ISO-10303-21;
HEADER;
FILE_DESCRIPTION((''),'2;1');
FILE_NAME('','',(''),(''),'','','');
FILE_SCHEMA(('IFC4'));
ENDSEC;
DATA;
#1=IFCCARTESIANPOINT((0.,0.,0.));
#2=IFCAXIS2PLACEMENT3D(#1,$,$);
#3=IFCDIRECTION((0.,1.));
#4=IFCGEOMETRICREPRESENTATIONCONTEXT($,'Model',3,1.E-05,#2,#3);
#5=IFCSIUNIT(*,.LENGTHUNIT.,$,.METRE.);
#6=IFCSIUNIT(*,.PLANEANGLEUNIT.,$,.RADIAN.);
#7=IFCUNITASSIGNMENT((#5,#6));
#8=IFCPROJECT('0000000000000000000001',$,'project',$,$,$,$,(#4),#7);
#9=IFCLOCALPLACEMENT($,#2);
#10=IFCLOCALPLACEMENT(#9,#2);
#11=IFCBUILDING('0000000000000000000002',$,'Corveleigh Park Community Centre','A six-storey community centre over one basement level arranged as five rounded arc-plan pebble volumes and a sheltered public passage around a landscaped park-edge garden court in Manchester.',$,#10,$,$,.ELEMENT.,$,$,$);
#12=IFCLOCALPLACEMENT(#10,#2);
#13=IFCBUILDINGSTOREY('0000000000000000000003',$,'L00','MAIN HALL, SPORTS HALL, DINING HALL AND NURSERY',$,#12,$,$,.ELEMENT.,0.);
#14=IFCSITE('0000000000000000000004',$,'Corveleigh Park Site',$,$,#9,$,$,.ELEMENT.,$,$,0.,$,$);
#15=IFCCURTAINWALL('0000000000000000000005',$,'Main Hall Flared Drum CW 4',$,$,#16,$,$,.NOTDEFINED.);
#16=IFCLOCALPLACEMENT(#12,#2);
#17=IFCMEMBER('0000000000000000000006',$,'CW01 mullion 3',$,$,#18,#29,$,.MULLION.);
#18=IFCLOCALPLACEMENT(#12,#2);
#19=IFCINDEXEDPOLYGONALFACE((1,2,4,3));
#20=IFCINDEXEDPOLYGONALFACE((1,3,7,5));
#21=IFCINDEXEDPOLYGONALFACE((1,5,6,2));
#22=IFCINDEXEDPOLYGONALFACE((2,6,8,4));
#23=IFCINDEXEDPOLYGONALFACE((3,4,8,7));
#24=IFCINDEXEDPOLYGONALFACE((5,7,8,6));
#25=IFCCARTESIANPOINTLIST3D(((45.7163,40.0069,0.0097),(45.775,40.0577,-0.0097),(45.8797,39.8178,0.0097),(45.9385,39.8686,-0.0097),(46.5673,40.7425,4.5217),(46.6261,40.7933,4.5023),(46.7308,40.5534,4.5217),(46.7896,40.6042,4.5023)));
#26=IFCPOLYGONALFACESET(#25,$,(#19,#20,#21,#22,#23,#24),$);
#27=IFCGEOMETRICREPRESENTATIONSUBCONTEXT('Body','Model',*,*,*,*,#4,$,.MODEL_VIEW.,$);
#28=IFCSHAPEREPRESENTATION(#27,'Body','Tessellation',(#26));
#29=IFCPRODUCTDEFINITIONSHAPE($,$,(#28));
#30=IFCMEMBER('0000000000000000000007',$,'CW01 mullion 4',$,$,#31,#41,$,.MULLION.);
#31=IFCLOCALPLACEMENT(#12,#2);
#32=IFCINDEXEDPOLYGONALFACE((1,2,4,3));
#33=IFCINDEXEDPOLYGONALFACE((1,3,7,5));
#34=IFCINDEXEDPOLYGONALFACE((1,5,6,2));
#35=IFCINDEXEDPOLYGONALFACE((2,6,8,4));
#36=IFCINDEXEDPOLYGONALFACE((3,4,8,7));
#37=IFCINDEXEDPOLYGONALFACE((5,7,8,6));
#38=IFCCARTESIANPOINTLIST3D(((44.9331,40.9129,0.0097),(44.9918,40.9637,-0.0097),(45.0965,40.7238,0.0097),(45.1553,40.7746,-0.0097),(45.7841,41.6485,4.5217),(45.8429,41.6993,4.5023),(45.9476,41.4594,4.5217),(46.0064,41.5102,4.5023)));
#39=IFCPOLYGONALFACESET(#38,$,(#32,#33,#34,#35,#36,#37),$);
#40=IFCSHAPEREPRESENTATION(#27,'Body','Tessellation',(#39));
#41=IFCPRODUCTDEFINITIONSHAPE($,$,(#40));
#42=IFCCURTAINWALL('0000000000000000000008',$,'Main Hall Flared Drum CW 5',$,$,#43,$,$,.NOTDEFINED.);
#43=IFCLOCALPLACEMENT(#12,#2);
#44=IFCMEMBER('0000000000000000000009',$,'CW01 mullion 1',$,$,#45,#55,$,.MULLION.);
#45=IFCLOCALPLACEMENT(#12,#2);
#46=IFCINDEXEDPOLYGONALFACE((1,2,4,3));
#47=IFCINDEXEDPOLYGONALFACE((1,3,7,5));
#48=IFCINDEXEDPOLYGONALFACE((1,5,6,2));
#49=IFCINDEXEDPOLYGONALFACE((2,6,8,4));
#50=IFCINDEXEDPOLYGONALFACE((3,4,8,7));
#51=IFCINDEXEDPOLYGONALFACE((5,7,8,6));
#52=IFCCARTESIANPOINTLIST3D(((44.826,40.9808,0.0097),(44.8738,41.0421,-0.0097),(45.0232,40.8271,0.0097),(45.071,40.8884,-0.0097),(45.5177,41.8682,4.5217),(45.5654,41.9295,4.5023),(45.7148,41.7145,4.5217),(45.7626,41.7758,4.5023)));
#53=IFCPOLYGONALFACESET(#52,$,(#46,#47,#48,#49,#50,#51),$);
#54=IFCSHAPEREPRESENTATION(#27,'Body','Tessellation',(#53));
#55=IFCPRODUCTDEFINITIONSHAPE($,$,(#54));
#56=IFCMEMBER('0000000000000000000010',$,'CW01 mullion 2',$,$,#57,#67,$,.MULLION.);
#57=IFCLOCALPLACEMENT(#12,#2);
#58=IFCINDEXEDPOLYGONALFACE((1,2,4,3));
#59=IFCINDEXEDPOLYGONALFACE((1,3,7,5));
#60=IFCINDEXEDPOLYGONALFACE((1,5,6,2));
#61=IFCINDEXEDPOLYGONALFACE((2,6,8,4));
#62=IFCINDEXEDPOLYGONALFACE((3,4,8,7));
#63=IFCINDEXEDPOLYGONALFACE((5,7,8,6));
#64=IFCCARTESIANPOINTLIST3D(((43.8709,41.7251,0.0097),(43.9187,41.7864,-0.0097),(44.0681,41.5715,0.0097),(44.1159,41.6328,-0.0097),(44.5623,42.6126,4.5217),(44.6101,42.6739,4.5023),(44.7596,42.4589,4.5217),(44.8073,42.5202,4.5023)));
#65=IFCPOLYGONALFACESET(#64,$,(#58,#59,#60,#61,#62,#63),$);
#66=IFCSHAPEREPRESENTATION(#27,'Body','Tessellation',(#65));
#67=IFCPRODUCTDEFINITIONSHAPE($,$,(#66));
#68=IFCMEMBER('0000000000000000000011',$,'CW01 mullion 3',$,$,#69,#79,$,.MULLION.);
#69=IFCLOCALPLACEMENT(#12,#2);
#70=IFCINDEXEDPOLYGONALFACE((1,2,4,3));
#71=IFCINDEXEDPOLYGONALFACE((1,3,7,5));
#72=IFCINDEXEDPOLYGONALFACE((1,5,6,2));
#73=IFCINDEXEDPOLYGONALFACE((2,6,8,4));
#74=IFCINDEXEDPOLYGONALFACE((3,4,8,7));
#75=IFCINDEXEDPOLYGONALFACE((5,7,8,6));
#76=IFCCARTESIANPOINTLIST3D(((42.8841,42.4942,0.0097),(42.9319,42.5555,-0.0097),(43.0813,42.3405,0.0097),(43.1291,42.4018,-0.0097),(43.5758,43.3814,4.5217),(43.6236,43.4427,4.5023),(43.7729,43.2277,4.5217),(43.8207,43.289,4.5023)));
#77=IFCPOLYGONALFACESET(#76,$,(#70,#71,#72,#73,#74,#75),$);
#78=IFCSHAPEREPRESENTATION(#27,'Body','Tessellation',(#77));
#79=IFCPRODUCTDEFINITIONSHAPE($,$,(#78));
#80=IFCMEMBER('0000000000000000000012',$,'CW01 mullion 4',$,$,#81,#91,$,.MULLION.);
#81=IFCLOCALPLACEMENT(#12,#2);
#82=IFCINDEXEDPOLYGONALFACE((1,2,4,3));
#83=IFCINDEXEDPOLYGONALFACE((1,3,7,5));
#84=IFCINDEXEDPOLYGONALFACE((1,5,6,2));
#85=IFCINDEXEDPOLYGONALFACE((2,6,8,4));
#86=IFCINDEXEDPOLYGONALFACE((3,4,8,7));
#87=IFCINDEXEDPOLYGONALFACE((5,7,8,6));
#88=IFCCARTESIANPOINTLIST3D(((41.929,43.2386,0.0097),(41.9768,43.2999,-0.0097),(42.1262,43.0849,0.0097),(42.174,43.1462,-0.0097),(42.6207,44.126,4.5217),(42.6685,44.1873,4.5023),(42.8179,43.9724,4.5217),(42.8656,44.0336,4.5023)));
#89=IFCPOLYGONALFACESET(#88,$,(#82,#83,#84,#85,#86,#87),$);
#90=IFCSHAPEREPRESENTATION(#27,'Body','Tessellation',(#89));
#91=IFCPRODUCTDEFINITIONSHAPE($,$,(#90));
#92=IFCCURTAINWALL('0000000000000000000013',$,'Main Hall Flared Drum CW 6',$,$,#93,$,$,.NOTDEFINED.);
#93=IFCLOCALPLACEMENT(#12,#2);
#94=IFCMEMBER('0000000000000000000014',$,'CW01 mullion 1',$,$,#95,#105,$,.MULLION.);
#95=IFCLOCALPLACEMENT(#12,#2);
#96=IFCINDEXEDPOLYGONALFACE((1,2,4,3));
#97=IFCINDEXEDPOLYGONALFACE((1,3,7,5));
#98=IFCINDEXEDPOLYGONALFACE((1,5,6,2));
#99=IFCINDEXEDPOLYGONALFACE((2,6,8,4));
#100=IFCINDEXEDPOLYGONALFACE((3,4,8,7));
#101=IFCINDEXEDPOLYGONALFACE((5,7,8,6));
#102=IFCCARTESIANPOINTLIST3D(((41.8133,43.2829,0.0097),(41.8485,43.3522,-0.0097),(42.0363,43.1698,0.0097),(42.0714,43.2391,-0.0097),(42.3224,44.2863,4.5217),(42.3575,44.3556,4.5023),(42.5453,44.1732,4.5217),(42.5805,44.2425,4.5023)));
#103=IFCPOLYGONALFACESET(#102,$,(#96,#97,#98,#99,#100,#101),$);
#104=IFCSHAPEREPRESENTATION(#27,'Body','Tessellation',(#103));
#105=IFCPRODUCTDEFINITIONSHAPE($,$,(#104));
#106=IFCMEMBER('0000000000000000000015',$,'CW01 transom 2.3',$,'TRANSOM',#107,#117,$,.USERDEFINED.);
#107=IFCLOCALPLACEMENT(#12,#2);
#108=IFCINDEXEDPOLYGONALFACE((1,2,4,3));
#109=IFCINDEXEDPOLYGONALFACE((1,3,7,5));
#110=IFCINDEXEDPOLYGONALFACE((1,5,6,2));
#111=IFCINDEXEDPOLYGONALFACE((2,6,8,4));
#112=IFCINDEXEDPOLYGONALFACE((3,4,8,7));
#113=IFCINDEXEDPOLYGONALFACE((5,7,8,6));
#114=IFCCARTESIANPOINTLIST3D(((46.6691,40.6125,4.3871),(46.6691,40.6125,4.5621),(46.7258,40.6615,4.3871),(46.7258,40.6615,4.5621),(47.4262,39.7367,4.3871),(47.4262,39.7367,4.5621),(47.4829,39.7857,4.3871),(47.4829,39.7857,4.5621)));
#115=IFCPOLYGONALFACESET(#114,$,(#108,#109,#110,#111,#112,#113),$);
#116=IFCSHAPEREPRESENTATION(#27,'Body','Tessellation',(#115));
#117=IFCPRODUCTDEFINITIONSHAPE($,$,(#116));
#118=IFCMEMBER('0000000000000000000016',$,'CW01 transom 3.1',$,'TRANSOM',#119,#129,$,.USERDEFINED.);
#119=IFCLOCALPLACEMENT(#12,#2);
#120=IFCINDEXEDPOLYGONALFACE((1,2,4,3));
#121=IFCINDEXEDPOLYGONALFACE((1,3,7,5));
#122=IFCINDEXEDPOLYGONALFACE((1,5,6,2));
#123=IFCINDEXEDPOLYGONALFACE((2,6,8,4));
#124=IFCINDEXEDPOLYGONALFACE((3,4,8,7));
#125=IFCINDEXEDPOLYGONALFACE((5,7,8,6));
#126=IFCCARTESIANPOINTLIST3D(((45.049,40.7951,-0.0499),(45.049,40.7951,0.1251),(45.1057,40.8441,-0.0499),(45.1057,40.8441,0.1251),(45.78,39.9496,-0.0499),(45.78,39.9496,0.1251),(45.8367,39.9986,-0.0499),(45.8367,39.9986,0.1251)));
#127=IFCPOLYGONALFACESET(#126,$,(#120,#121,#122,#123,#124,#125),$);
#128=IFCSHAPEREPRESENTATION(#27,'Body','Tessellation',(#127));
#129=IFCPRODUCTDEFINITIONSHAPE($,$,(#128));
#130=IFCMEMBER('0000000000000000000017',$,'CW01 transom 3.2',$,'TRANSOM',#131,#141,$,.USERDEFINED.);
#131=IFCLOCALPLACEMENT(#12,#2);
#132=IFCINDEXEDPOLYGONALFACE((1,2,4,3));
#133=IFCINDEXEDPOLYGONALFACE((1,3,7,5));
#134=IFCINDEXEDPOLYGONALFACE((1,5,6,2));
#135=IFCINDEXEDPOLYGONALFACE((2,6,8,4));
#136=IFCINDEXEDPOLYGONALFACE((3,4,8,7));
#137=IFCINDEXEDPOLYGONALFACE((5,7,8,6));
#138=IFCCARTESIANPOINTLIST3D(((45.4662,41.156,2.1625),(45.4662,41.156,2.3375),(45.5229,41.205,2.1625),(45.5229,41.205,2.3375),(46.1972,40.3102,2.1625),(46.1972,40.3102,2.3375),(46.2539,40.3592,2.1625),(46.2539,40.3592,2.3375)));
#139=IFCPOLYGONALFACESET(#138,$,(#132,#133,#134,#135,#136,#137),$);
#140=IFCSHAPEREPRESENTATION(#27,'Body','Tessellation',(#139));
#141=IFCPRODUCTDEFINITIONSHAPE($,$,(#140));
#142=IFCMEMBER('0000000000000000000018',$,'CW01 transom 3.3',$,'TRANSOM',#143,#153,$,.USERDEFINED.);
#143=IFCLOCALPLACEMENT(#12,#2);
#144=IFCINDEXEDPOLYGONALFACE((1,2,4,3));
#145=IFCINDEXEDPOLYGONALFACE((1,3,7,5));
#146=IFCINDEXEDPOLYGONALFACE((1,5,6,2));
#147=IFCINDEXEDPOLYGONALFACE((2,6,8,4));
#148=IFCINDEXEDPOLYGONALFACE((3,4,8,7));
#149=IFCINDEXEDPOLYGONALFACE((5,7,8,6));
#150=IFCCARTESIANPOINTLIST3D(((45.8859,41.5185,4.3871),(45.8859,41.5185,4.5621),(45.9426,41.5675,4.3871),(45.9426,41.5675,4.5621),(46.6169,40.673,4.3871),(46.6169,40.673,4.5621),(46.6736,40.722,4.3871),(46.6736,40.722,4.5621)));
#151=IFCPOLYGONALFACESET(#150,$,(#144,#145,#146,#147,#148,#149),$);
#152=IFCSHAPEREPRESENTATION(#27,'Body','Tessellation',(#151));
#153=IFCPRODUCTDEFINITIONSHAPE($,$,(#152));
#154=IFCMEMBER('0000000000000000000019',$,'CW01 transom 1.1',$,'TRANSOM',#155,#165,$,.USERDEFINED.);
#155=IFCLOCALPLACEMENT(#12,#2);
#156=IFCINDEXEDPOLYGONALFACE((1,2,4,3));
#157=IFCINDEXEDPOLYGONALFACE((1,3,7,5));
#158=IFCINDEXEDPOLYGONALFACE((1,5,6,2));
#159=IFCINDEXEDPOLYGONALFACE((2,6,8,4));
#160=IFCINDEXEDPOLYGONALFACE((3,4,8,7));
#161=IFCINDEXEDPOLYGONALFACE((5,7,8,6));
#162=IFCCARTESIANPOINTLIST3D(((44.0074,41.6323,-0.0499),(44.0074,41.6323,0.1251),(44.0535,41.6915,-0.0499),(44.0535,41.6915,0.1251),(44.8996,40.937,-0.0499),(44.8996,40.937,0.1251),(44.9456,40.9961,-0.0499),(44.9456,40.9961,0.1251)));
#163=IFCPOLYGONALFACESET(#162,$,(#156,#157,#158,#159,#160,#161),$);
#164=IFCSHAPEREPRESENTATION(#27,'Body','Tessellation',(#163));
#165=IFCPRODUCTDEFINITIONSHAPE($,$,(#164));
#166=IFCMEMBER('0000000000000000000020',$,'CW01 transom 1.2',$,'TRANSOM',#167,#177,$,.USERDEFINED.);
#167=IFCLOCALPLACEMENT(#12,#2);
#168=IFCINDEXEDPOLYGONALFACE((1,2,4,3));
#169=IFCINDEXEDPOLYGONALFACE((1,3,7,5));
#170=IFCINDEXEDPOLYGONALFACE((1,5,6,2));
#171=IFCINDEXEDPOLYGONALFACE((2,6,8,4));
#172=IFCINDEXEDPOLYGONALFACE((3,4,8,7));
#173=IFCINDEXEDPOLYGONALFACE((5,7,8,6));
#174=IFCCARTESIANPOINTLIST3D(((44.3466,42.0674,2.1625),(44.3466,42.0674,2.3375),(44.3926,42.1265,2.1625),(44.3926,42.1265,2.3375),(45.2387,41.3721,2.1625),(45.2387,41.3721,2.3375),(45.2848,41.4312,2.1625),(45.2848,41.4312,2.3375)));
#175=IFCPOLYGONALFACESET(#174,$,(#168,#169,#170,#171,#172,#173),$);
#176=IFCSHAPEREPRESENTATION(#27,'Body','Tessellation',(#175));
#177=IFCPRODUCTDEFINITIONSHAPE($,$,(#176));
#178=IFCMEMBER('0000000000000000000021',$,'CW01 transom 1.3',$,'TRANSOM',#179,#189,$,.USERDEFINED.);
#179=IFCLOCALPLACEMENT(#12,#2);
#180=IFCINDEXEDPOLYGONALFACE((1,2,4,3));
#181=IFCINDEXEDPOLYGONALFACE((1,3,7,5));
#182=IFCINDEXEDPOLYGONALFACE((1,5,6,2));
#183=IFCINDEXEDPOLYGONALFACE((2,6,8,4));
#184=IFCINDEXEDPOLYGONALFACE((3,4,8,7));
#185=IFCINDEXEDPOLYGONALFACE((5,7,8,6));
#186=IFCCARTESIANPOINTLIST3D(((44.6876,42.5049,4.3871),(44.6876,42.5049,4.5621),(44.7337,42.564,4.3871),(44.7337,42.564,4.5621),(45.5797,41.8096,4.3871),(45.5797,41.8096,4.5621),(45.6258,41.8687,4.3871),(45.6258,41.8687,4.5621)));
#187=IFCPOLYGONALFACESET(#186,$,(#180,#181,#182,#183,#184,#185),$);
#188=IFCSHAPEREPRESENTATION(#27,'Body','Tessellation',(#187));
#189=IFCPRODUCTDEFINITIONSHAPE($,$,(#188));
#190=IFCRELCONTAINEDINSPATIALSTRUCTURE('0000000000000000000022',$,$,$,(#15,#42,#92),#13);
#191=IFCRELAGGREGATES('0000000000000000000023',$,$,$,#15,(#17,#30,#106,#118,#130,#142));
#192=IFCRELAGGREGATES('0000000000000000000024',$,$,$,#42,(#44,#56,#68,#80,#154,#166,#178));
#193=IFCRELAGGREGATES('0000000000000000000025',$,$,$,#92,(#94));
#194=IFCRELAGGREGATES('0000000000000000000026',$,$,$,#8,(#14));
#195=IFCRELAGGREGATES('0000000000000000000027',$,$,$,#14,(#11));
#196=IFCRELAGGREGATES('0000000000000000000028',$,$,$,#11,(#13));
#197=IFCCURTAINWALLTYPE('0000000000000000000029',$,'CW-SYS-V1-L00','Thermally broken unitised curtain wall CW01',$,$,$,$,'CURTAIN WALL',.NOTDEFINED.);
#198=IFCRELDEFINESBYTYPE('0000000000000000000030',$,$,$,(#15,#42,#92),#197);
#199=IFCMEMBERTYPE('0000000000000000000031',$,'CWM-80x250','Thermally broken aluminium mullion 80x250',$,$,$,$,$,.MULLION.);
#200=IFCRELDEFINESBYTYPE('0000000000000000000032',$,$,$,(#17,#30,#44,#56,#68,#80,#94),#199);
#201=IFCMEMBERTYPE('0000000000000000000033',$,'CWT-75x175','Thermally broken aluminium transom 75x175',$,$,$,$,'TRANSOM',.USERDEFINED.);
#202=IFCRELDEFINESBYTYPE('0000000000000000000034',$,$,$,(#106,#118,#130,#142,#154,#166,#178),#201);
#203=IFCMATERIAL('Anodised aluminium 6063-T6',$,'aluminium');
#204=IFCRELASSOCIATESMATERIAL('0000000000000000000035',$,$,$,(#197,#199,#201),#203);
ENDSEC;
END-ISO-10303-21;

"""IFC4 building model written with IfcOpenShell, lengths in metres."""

from ifc_helpers import new_model, si_unit, direction, frame, origin, origin_2d, place, context, subcontext, project, spatial, rectangle, extrude, material, material_profile, profile_set, type_object, element, aggregate, save


model = new_model("IFC4")

# Units and contexts
model_context = context("Model", 3, precision=1e-05, world=origin(), true_north=direction((0.0, 1.0)))
body_context = subcontext(model_context, "Body", "Model", "MODEL_VIEW")
ifc_project = project(units=[si_unit("LENGTHUNIT", "METRE"), si_unit("PLANEANGLEUNIT", "RADIAN")], contexts=[model_context])

# Site, building, storey
site_placement = place(None, origin())
site = spatial("IfcSite", under=ifc_project, at=site_placement, Name="Corveleigh Park Site", CompositionType="ELEMENT", RefElevation=0.0)
building_placement = place(site_placement, origin())
building = spatial("IfcBuilding", under=site, at=building_placement, Name="Corveleigh Park Community Centre", Description="A six-storey community centre over one basement level arranged as five rounded arc-plan pebble volumes and a sheltered public passage around a landscaped park-edge garden court in Manchester.", CompositionType="ELEMENT")
storey_placement = place(building_placement, origin())
storey = spatial("IfcBuildingStorey", under=building, at=storey_placement, Name="L00", Description="MAIN HALL, SPORTS HALL, DINING HALL AND NURSERY", CompositionType="ELEMENT", Elevation=0.0)

# Curtain walls, members
ifc_material_1 = material(Name="Anodised aluminium 6063-T6", Category="aluminium")
curtain_wall_type = type_object("IfcCurtainWallType", Name="CW-SYS-V1-L00", Description="Thermally broken unitised curtain wall CW01", ElementType="CURTAIN WALL", PredefinedType="NOTDEFINED", material=ifc_material_1)
curtain_wall_1_placement = place(storey_placement, origin())
curtain_wall_1 = element("IfcCurtainWall", 1, at=curtain_wall_1_placement, inside=storey, type_object=curtain_wall_type, Name="Main Hall Flared Drum CW 4", PredefinedType="NOTDEFINED")
ifc_material_profile_1 = material_profile(ifc_material_1, rectangle(XDim=0.0801, YDim=0.25, at=origin_2d()), Name="ALU-M80x250", Category="aluminium")
ifc_profile_set_1 = profile_set([ifc_material_profile_1], Name="Anodised aluminium 6063-T6")
member_type_1 = type_object("IfcMemberType", Name="CWM-80x250", Description="Thermally broken aluminium mullion 80x250", PredefinedType="MULLION", material=ifc_profile_set_1)
member_1_placement = place(storey_placement, frame((45.8274, 39.9377, 0.0), z_axis=(0.183024, 0.15819, 0.970298), x_axis=(-0.734098, -0.634491, 0.241913)))
member_1 = element("IfcMember", 2, at=member_1_placement, type_object=member_type_1, Name="CW01 mullion 3", PredefinedType="MULLION", context=body_context, shape_type="SweptSolid", body=[
    extrude(rectangle(XDim=0.0801, YDim=0.25, at=origin_2d()), origin(), (0.0, 0.0, 1.0), 4.6501),
])
member_2_placement = place(storey_placement, frame((45.0442, 40.8438, 0.0), z_axis=(0.183024, 0.15819, 0.970298), x_axis=(-0.734098, -0.634491, 0.241913)))
member_2 = element("IfcMember", 3, at=member_2_placement, type_object=member_type_1, Name="CW01 mullion 4", PredefinedType="MULLION", context=body_context, shape_type="SweptSolid", body=[
    extrude(rectangle(XDim=0.0801, YDim=0.25, at=origin_2d()), origin(), (0.0, 0.0, 1.0), 4.6501),
])
curtain_wall_2_placement = place(storey_placement, origin())
curtain_wall_2 = element("IfcCurtainWall", 4, at=curtain_wall_2_placement, inside=storey, type_object=curtain_wall_type, Name="Main Hall Flared Drum CW 5", PredefinedType="NOTDEFINED")
member_3_placement = place(storey_placement, frame((44.9485, 40.9346, 0.0), z_axis=(0.148738, 0.190844, 0.970286), x_axis=(-0.596456, -0.765308, 0.241959)))
member_3 = element("IfcMember", 5, at=member_3_placement, type_object=member_type_1, Name="CW01 mullion 1", PredefinedType="MULLION", context=body_context, shape_type="SweptSolid", body=[
    extrude(rectangle(XDim=0.0801, YDim=0.25, at=origin_2d()), origin(), (0.0, 0.0, 1.0), 4.6501),
])
member_4_placement = place(storey_placement, frame((43.9934, 41.679, 0.0), z_axis=(0.148686, 0.190846, 0.970294), x_axis=(-0.596329, -0.765416, 0.241929)))
member_4 = element("IfcMember", 6, at=member_4_placement, type_object=member_type_1, Name="CW01 mullion 2", PredefinedType="MULLION", context=body_context, shape_type="SweptSolid", body=[
    extrude(rectangle(XDim=0.0801, YDim=0.25, at=origin_2d()), origin(), (0.0, 0.0, 1.0), 4.6501),
])
member_5_placement = place(storey_placement, frame((43.0066, 42.448, 0.0), z_axis=(0.148739, 0.190794, 0.970296), x_axis=(-0.596564, -0.765236, 0.241921)))
member_5 = element("IfcMember", 7, at=member_5_placement, type_object=member_type_1, Name="CW01 mullion 3", PredefinedType="MULLION", context=body_context, shape_type="SweptSolid", body=[
    extrude(rectangle(XDim=0.0801, YDim=0.25, at=origin_2d()), origin(), (0.0, 0.0, 1.0), 4.6501),
])
member_6_placement = place(storey_placement, frame((42.0515, 43.1924, 0.0), z_axis=(0.148738, 0.190844, 0.970286), x_axis=(-0.596456, -0.765308, 0.241959)))
member_6 = element("IfcMember", 8, at=member_6_placement, type_object=member_type_1, Name="CW01 mullion 4", PredefinedType="MULLION", context=body_context, shape_type="SweptSolid", body=[
    extrude(rectangle(XDim=0.0801, YDim=0.25, at=origin_2d()), origin(), (0.0, 0.0, 1.0), 4.6501),
])

# Curtain wall, member
curtain_wall_3_placement = place(storey_placement, origin())
curtain_wall_3 = element("IfcCurtainWall", 9, at=curtain_wall_3_placement, inside=storey, type_object=curtain_wall_type, Name="Main Hall Flared Drum CW 6", PredefinedType="NOTDEFINED")
member_7_placement = place(storey_placement, frame((41.9424, 43.261, 0.0), z_axis=(0.109466, 0.215782, 0.970286), x_axis=(-0.438971, -0.865309, 0.241961)))
member_7 = element("IfcMember", 10, at=member_7_placement, type_object=member_type_1, Name="CW01 mullion 1", PredefinedType="MULLION", context=body_context, shape_type="SweptSolid", body=[
    extrude(rectangle(XDim=0.0801, YDim=0.25, at=origin_2d()), origin(), (0.0, 0.0, 1.0), 4.6501),
])

# Members
ifc_material_profile_2 = material_profile(ifc_material_1, rectangle(XDim=0.075, YDim=0.175, at=origin_2d()), Name="ALU-T75x175", Category="aluminium")
ifc_profile_set_2 = profile_set([ifc_material_profile_2], Name="Anodised aluminium 6063-T6")
member_type_2 = type_object("IfcMemberType", Name="CWT-75x175", Description="Thermally broken aluminium transom 75x175", ElementType="TRANSOM", PredefinedType="USERDEFINED", material=ifc_profile_set_2)
member_8_placement = place(storey_placement, frame((47.4546, 39.7612, 4.4746), z_axis=(-0.653999, 0.756496, 0.0), x_axis=(-0.756496, -0.653999, 0.0)))
member_8 = element("IfcMember", 11, at=member_8_placement, type_object=member_type_2, Name="CW01 transom 2.3", ObjectType="TRANSOM", PredefinedType="USERDEFINED", context=body_context, shape_type="SweptSolid", body=[
    extrude(rectangle(XDim=0.075, YDim=0.175, at=origin_2d()), origin(), (0.0, 0.0, 1.0), 1.1577),
])
member_9_placement = place(storey_placement, frame((45.8083, 39.9741, 0.0376), z_axis=(-0.654024, 0.756474, 0.0), x_axis=(-0.756474, -0.654024, 0.0)))
member_9 = element("IfcMember", 12, at=member_9_placement, type_object=member_type_2, Name="CW01 transom 3.1", ObjectType="TRANSOM", PredefinedType="USERDEFINED", context=body_context, shape_type="SweptSolid", body=[
    extrude(rectangle(XDim=0.075, YDim=0.175, at=origin_2d()), origin(), (0.0, 0.0, 1.0), 1.1177),
])
member_10_placement = place(storey_placement, frame((46.2256, 40.3347, 2.25), z_axis=(-0.653916, 0.756568, 0.0), x_axis=(-0.756568, -0.653916, 0.0)))
member_10 = element("IfcMember", 13, at=member_10_placement, type_object=member_type_2, Name="CW01 transom 3.2", ObjectType="TRANSOM", PredefinedType="USERDEFINED", context=body_context, shape_type="SweptSolid", body=[
    extrude(rectangle(XDim=0.075, YDim=0.175, at=origin_2d()), origin(), (0.0, 0.0, 1.0), 1.1179),
])
member_11_placement = place(storey_placement, frame((46.6453, 40.6975, 4.4746), z_axis=(-0.654024, 0.756474, 0.0), x_axis=(-0.756474, -0.654024, 0.0)))
member_11 = element("IfcMember", 14, at=member_11_placement, type_object=member_type_2, Name="CW01 transom 3.3", ObjectType="TRANSOM", PredefinedType="USERDEFINED", context=body_context, shape_type="SweptSolid", body=[
    extrude(rectangle(XDim=0.075, YDim=0.175, at=origin_2d()), origin(), (0.0, 0.0, 1.0), 1.1177),
])
member_12_placement = place(storey_placement, frame((44.9226, 40.9666, 0.0376), z_axis=(-0.788724, 0.614747, 0.0), x_axis=(-0.614747, -0.788724, 0.0)))
member_12 = element("IfcMember", 15, at=member_12_placement, type_object=member_type_2, Name="CW01 transom 1.1", ObjectType="TRANSOM", PredefinedType="USERDEFINED", context=body_context, shape_type="SweptSolid", body=[
    extrude(rectangle(XDim=0.075, YDim=0.175, at=origin_2d()), origin(), (0.0, 0.0, 1.0), 1.1311),
])
member_13_placement = place(storey_placement, frame((45.2617, 41.4016, 2.25), z_axis=(-0.788724, 0.614747, 0.0), x_axis=(-0.614747, -0.788724, 0.0)))
member_13 = element("IfcMember", 16, at=member_13_placement, type_object=member_type_2, Name="CW01 transom 1.2", ObjectType="TRANSOM", PredefinedType="USERDEFINED", context=body_context, shape_type="SweptSolid", body=[
    extrude(rectangle(XDim=0.075, YDim=0.175, at=origin_2d()), origin(), (0.0, 0.0, 1.0), 1.1311),
])
member_14_placement = place(storey_placement, frame((45.6028, 41.8391, 4.4746), z_axis=(-0.788724, 0.614747, 0.0), x_axis=(-0.614747, -0.788724, 0.0)))
member_14 = element("IfcMember", 17, at=member_14_placement, type_object=member_type_2, Name="CW01 transom 1.3", ObjectType="TRANSOM", PredefinedType="USERDEFINED", context=body_context, shape_type="SweptSolid", body=[
    extrude(rectangle(XDim=0.075, YDim=0.175, at=origin_2d()), origin(), (0.0, 0.0, 1.0), 1.1311),
])

aggregate(curtain_wall_1, [member_1, member_2, member_8, member_9, member_10, member_11])
aggregate(curtain_wall_2, [member_3, member_4, member_5, member_6, member_12, member_13, member_14])
aggregate(curtain_wall_3, [member_7])

save(model, "model.ifc")
